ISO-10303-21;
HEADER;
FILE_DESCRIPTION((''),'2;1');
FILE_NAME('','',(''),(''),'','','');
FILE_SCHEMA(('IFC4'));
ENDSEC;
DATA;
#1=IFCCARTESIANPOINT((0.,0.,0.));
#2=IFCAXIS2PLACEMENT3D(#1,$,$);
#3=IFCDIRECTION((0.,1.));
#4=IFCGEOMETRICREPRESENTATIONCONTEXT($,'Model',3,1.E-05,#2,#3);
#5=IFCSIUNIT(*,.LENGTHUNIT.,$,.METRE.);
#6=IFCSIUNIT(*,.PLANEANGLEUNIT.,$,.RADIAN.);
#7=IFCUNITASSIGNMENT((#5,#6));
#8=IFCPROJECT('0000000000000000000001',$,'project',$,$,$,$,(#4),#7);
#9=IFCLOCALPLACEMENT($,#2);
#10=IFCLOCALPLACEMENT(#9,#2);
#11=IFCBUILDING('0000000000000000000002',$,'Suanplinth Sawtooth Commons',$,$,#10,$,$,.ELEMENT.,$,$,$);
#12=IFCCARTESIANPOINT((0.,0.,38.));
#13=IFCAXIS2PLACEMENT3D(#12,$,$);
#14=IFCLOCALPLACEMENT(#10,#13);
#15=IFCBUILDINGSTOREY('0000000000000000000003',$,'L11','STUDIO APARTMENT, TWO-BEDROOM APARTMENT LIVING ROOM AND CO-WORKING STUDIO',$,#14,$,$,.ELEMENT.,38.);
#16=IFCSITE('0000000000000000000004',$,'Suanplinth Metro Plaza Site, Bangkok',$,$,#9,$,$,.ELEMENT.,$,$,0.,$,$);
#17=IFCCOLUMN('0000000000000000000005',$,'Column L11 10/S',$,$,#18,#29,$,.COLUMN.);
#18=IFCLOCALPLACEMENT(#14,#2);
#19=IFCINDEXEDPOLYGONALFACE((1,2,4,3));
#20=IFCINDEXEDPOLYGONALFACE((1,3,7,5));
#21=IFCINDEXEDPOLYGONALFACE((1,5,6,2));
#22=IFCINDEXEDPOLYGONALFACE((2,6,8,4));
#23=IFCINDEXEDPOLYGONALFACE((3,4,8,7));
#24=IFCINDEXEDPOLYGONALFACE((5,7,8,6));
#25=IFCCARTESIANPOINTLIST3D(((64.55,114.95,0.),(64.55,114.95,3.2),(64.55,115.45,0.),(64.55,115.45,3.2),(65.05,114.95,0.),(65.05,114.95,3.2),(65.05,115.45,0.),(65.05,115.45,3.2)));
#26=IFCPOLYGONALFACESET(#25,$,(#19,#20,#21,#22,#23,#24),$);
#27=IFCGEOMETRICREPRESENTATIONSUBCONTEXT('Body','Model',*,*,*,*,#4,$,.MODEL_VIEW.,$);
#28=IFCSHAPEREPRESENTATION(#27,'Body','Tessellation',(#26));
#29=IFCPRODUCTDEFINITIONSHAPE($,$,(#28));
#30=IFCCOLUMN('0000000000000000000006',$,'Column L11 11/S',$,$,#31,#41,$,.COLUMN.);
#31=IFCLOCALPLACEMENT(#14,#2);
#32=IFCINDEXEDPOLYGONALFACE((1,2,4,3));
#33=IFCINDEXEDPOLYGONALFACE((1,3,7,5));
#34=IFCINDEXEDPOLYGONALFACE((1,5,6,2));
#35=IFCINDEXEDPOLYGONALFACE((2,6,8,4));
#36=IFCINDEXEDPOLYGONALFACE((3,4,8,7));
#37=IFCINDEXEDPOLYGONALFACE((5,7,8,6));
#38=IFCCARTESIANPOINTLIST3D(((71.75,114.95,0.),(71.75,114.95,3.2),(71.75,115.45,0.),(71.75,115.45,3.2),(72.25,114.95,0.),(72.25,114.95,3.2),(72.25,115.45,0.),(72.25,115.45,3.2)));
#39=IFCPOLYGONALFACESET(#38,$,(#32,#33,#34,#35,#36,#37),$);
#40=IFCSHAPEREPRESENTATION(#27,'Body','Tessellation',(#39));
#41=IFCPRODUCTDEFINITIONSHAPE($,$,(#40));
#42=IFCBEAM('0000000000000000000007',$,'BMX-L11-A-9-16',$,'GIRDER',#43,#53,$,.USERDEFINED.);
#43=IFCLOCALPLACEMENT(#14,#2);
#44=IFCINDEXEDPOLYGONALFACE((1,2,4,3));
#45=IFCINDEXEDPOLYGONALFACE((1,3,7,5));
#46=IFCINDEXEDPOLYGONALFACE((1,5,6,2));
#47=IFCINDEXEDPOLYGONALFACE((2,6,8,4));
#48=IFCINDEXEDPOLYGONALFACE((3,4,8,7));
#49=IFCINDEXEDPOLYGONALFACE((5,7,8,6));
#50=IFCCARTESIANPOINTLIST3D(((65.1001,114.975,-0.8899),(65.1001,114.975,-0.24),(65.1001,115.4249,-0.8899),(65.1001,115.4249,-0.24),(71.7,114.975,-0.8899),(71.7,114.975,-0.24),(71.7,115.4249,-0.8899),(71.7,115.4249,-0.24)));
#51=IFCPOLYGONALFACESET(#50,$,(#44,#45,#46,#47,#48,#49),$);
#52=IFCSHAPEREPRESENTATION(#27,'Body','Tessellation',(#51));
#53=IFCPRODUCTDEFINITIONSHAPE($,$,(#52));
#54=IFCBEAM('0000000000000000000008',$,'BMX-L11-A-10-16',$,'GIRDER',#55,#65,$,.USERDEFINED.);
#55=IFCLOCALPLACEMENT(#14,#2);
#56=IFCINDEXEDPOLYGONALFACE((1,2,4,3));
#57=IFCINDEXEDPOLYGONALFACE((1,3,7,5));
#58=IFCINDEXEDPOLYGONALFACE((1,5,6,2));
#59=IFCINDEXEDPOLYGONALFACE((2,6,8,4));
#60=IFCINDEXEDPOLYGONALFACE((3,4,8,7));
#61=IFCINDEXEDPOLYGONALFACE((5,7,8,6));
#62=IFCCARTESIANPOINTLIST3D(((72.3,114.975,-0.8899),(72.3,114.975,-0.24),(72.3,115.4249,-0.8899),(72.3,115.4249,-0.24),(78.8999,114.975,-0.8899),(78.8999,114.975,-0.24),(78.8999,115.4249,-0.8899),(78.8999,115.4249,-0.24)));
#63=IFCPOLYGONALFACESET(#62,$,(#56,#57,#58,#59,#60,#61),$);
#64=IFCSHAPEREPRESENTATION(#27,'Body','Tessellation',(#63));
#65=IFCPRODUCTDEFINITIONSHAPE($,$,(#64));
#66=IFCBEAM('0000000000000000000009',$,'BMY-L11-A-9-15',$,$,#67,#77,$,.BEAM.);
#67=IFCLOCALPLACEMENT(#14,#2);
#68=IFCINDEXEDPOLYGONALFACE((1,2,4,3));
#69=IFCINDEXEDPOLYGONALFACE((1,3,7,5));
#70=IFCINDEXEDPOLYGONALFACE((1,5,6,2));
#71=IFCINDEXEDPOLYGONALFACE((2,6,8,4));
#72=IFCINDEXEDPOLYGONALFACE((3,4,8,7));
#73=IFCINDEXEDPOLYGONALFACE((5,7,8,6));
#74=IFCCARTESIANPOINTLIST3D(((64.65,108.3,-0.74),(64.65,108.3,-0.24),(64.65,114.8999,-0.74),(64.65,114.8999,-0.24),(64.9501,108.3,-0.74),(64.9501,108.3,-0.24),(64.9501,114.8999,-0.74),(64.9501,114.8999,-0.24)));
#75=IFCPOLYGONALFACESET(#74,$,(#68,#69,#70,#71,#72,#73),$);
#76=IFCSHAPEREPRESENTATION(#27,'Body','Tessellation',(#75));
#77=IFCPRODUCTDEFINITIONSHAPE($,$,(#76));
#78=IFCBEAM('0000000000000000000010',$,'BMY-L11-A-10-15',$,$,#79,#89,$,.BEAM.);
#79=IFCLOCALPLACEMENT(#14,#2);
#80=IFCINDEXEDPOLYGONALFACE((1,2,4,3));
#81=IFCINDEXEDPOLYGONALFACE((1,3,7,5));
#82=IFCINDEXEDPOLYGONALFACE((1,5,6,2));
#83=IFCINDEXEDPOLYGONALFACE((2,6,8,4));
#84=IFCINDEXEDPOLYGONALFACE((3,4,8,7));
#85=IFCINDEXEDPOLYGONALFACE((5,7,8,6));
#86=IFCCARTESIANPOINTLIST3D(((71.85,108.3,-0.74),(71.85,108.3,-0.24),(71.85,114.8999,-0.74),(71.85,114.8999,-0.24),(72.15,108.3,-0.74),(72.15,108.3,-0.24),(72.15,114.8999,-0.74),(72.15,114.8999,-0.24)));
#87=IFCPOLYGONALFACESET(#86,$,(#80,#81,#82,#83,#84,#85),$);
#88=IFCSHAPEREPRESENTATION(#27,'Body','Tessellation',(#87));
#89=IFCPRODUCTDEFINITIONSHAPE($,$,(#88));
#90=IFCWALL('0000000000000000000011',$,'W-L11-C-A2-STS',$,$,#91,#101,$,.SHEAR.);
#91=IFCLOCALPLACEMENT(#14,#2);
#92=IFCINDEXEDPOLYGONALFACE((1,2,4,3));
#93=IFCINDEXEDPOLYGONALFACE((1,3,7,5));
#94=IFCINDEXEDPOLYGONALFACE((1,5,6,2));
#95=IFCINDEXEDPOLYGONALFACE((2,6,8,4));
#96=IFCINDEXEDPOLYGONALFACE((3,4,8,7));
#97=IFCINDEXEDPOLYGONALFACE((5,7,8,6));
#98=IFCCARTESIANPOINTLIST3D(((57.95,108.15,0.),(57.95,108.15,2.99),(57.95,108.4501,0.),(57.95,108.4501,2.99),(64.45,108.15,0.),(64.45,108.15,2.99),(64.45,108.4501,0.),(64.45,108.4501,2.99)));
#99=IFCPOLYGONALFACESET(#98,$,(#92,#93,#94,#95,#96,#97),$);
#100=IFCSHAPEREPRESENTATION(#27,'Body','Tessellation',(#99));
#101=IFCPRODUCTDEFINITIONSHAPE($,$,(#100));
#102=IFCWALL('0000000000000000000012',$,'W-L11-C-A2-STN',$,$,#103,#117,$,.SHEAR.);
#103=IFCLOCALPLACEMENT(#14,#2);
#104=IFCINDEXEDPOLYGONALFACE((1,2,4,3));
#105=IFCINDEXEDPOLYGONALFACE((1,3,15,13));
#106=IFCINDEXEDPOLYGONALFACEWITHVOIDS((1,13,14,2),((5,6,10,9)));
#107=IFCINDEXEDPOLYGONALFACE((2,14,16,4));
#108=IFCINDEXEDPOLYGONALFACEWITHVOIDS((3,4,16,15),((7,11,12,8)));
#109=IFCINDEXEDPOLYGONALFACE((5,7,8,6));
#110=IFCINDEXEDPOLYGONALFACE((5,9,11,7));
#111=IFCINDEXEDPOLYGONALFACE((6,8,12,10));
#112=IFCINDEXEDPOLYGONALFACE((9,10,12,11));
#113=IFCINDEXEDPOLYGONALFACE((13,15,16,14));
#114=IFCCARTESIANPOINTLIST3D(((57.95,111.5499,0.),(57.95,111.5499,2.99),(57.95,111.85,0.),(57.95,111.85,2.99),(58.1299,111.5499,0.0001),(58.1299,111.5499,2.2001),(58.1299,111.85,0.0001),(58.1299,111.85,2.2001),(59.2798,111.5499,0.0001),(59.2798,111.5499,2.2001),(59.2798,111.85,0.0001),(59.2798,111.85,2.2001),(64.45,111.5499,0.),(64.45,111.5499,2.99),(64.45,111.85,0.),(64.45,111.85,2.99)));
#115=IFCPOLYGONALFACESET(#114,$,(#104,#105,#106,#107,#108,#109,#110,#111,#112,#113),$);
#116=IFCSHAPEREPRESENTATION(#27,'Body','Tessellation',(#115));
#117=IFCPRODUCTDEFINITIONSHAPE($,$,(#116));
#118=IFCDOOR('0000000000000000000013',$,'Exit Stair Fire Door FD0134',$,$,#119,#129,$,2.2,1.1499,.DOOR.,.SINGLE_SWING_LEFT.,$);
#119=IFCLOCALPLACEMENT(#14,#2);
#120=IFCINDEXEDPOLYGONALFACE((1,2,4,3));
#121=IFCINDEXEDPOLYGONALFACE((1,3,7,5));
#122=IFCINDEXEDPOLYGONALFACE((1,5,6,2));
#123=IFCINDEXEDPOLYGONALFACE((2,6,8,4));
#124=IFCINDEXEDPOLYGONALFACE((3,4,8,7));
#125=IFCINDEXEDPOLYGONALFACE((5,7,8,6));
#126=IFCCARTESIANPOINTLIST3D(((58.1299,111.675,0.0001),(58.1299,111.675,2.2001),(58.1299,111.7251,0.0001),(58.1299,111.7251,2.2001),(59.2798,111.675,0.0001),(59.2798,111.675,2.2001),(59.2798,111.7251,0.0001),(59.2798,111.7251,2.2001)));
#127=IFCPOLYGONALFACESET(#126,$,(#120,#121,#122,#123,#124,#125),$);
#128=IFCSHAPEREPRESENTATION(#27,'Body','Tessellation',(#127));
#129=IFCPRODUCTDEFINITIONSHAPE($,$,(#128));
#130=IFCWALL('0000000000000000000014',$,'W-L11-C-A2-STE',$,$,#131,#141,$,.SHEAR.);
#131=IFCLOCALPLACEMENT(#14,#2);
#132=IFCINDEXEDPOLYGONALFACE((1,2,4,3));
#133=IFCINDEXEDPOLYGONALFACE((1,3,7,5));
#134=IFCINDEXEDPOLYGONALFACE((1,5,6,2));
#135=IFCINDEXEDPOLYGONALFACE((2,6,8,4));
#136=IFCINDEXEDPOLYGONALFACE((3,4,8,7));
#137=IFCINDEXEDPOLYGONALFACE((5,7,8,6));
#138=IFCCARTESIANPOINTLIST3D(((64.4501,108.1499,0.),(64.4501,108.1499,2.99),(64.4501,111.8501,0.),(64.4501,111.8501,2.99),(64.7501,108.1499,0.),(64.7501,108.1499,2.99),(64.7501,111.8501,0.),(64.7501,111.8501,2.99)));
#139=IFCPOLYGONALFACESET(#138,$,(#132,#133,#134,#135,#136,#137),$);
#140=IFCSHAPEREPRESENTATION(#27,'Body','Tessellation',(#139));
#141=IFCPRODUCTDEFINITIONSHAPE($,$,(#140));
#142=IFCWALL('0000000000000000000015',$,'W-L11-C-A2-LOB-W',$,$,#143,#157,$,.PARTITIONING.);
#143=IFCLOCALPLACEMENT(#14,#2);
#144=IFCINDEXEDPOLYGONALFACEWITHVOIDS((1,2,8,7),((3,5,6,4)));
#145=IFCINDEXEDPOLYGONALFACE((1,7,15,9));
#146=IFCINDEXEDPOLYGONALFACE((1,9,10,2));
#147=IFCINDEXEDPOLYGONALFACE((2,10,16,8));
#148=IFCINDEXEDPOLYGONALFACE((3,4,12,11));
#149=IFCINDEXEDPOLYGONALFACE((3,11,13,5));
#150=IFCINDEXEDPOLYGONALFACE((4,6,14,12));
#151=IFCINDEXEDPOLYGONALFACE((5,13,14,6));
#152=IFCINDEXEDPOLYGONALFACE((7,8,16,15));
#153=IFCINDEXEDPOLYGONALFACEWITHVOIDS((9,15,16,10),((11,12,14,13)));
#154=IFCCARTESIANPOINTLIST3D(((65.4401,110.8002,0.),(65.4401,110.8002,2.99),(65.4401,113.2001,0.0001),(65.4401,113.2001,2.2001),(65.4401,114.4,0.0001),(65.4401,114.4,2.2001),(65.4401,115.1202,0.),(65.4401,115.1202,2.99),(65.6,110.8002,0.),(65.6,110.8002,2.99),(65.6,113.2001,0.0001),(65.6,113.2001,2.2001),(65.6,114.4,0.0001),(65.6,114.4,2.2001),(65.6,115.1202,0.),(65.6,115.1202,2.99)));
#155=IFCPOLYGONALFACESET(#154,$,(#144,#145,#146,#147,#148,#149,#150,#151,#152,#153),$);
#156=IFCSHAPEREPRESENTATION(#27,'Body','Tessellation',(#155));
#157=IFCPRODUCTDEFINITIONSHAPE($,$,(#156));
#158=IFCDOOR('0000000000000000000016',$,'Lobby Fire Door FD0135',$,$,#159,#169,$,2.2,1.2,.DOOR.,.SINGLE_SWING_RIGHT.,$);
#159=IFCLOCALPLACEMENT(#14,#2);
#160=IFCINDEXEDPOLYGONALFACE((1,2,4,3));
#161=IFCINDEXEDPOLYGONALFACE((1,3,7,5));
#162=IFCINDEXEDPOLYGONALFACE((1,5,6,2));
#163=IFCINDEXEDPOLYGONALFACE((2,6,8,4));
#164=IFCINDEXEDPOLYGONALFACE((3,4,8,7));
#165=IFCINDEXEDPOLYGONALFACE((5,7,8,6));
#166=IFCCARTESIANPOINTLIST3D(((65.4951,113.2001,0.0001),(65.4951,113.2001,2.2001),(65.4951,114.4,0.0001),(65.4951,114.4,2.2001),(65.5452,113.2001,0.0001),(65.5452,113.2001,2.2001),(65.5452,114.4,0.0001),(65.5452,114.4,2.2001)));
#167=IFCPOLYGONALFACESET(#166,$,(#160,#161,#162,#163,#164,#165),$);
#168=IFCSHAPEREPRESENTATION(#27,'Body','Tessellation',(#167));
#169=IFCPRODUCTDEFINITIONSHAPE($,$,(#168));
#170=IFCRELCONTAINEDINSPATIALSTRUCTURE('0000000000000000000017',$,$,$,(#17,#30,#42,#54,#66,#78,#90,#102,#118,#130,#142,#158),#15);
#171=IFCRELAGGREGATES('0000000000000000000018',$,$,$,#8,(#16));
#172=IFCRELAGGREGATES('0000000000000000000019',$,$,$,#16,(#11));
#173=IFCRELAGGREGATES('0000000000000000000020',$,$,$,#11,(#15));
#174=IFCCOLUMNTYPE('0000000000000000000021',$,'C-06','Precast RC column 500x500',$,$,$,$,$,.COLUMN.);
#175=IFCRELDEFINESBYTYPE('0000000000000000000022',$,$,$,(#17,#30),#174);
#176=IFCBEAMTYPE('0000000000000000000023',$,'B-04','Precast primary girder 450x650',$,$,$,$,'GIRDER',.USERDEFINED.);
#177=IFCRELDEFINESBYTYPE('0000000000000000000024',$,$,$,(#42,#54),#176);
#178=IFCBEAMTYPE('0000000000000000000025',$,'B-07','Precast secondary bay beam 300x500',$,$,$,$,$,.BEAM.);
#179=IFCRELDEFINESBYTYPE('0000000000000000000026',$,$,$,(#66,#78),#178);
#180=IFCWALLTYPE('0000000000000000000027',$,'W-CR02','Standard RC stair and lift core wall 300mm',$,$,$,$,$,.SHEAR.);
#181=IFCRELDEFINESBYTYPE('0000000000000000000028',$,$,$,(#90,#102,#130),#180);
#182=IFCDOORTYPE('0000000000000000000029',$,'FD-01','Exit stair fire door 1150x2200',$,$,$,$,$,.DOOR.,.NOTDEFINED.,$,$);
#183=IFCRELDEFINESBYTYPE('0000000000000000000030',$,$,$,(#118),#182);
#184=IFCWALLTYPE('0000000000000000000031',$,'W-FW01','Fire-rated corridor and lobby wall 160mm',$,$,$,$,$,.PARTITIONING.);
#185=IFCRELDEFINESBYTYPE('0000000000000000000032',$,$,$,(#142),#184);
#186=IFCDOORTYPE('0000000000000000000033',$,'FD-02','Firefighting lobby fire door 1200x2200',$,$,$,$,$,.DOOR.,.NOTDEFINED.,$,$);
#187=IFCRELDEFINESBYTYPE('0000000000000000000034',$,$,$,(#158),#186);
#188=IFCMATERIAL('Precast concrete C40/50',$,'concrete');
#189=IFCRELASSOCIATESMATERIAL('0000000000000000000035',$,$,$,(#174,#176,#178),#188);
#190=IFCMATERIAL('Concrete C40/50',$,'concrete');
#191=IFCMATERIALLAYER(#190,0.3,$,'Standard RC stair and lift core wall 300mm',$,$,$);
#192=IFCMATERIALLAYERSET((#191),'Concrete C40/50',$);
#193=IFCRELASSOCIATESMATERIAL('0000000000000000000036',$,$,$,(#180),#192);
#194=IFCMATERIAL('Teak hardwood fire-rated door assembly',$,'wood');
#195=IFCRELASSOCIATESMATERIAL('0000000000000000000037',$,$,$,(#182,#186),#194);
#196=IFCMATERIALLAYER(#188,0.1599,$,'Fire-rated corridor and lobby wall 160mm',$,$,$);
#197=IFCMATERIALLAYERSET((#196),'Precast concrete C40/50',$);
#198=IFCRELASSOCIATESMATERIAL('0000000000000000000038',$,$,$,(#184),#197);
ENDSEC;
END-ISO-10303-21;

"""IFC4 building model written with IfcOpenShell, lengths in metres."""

from ifc_helpers import new_model, si_unit, direction, frame, frame_2d, origin, origin_2d, place, context, subcontext, project, spatial, rectangle, extrude, material, layer, layer_set, material_profile, profile_set, type_object, element, fill, save


model = new_model("IFC4")

# Units and contexts
model_context = context("Model", 3, precision=1e-05, world=origin(), true_north=direction((0.0, 1.0)))
body_context = subcontext(model_context, "Body", "Model", "MODEL_VIEW")
ifc_project = project(units=[si_unit("LENGTHUNIT", "METRE"), si_unit("PLANEANGLEUNIT", "RADIAN")], contexts=[model_context])

# Site, building, storey
site_placement = place(None, origin())
site = spatial("IfcSite", under=ifc_project, at=site_placement, Name="Suanplinth Metro Plaza Site, Bangkok", CompositionType="ELEMENT", RefElevation=0.0)
building_placement = place(site_placement, origin())
building = spatial("IfcBuilding", under=site, at=building_placement, Name="Suanplinth Sawtooth Commons", CompositionType="ELEMENT")
storey_placement = place(building_placement, frame((0.0, 0.0, 38.0)))
storey = spatial("IfcBuildingStorey", under=building, at=storey_placement, Name="L11", Description="STUDIO APARTMENT, TWO-BEDROOM APARTMENT LIVING ROOM AND CO-WORKING STUDIO", CompositionType="ELEMENT", Elevation=38.0)

# Columns
ifc_material_1 = material(Name="Precast concrete C40/50", Category="concrete")
ifc_material_profile_1 = material_profile(ifc_material_1, rectangle(XDim=0.5, YDim=0.5, at=origin_2d()), Name="PC-COL 500x500")
ifc_profile_set_1 = profile_set([ifc_material_profile_1], Name="Precast concrete C40/50")
column_type = type_object("IfcColumnType", Name="C-06", Description="Precast RC column 500x500", PredefinedType="COLUMN", material=ifc_profile_set_1)
for number, where, z_axis, x_axis, name in (
    (1, (64.8, 115.2, 0.0), (0.0, 0.0, 1.0), (1.0, 0.0, 0.0), "Column L11 10/S"),
    (2, (72.0, 115.2, 0.0), (0.0, 0.0, 1.0), (1.0, 0.0, 0.0), "Column L11 11/S"),
):
    element("IfcColumn", number, at=place(storey_placement, frame(where, z_axis=z_axis, x_axis=x_axis)), inside=storey, type_object=column_type, Name=name, PredefinedType="COLUMN", context=body_context, shape_type="SweptSolid", body=[
        extrude(rectangle(XDim=0.5, YDim=0.5, at=origin_2d()), origin(), (0.0, 0.0, 1.0), 3.2),
    ])

# Beams
ifc_material_profile_2 = material_profile(ifc_material_1, rectangle(XDim=0.45, YDim=0.6499, at=origin_2d()), Name="PC-GDR 450x650")
ifc_profile_set_2 = profile_set([ifc_material_profile_2], Name="Precast concrete C40/50")
beam_type_1 = type_object("IfcBeamType", Name="B-04", Description="Precast primary girder 450x650", ElementType="GIRDER", PredefinedType="USERDEFINED", material=ifc_profile_set_2)
for number, where, z_axis, x_axis, name in (
    (3, (65.1001, 115.2, -0.5649), (1.0, 0.0, 0.0), (0.0, 1.0, 0.0), "BMX-L11-A-9-16"),
    (4, (72.3, 115.2, -0.5649), (1.0, 0.0, 0.0), (0.0, 1.0, 0.0), "BMX-L11-A-10-16"),
):
    element("IfcBeam", number, at=place(storey_placement, frame(where, z_axis=z_axis, x_axis=x_axis)), inside=storey, type_object=beam_type_1, Name=name, ObjectType="GIRDER", PredefinedType="USERDEFINED", context=body_context, shape_type="SweptSolid", body=[
        extrude(rectangle(XDim=0.45, YDim=0.6499, at=origin_2d()), origin(), (0.0, 0.0, 1.0), 6.5999),
    ])
ifc_material_profile_3 = material_profile(ifc_material_1, rectangle(XDim=0.3, YDim=0.5, at=origin_2d()), Name="PC-BM 300x500")
ifc_profile_set_3 = profile_set([ifc_material_profile_3], Name="Precast concrete C40/50")
beam_type_2 = type_object("IfcBeamType", Name="B-07", Description="Precast secondary bay beam 300x500", PredefinedType="BEAM", material=ifc_profile_set_3)
for number, where, z_axis, x_axis, name in (
    (5, (64.8, 108.3, -0.49), (0.0, 1.0, 0.0), (-1.0, 0.0, 0.0), "BMY-L11-A-9-15"),
    (6, (72.0, 108.3, -0.49), (0.0, 1.0, 0.0), (-1.0, 0.0, 0.0), "BMY-L11-A-10-15"),
):
    element("IfcBeam", number, at=place(storey_placement, frame(where, z_axis=z_axis, x_axis=x_axis)), inside=storey, type_object=beam_type_2, Name=name, PredefinedType="BEAM", context=body_context, shape_type="SweptSolid", body=[
        extrude(rectangle(XDim=0.3, YDim=0.5, at=origin_2d()), origin(), (0.0, 0.0, 1.0), 6.5999),
    ])

# Wall
ifc_material_2 = material(Name="Concrete C40/50", Category="concrete")
ifc_layer_1 = layer(ifc_material_2, 0.3, Name="Standard RC stair and lift core wall 300mm")
ifc_layer_set_1 = layer_set([ifc_layer_1], Name="Concrete C40/50")
wall_type_1 = type_object("IfcWallType", Name="W-CR02", Description="Standard RC stair and lift core wall 300mm", PredefinedType="SHEAR", material=ifc_layer_set_1)
wall_1_placement = place(storey_placement, frame((57.95, 108.3, 0.0), z_axis=(0.0, 0.0, 1.0), x_axis=(1.0, 0.0, 0.0)))
element("IfcWall", 7, at=wall_1_placement, inside=storey, type_object=wall_type_1, Name="W-L11-C-A2-STS", PredefinedType="SHEAR", context=body_context, shape_type="SweptSolid", body=[
    extrude(rectangle(XDim=6.5, YDim=0.3, at=frame_2d((3.25, 0.0))), origin(), (0.0, 0.0, 1.0), 2.99),
])

# Wall, opening, door
wall_2_placement = place(storey_placement, frame((57.95, 111.7, 0.0), z_axis=(0.0, 0.0, 1.0), x_axis=(1.0, 0.0, 0.0)))
wall_2 = element("IfcWall", 8, at=wall_2_placement, inside=storey, type_object=wall_type_1, Name="W-L11-C-A2-STN", PredefinedType="SHEAR", context=body_context, shape_type="SweptSolid", body=[
    extrude(rectangle(XDim=6.5, YDim=0.3, at=frame_2d((3.25, 0.0))), origin(), (0.0, 0.0, 1.0), 2.99),
])
opening_1_placement = place(wall_2_placement, frame((0.1799, 0.0, 0.0)))
opening_1 = element("IfcOpeningElement", 9, at=opening_1_placement, cuts=wall_2, PredefinedType="OPENING", context=body_context, shape_type="SweptSolid", body=[
    extrude(rectangle(XDim=1.1499, YDim=2.2, at=frame_2d((0.575, 1.1001))), frame((0.0, 0.165, 0.0), z_axis=(0.0, -1.0, 0.0), x_axis=(1.0, 0.0, 0.0)), (0.0, 0.0, 1.0), 0.3298),
])
ifc_material_3 = material(Name="Teak hardwood fire-rated door assembly", Category="wood")
door_type_1 = type_object("IfcDoorType", Name="FD-01", Description="Exit stair fire door 1150x2200", OperationType="NOTDEFINED", PredefinedType="DOOR", material=ifc_material_3)
door_1_placement = place(opening_1_placement, frame((1.1499, 0.0, 0.0), z_axis=(0.0, 0.0, 1.0), x_axis=(-1.0, 0.0, 0.0)))
door_1 = element("IfcDoor", 10, at=door_1_placement, inside=storey, type_object=door_type_1, Name="Exit Stair Fire Door FD0134", OperationType="SINGLE_SWING_LEFT", OverallHeight=2.2, OverallWidth=1.1499, PredefinedType="DOOR", context=body_context, shape_type="SweptSolid", body=[
    extrude(rectangle(XDim=1.1499, YDim=2.2, at=frame_2d((0.575, 1.1001))), frame((0.0, 0.0249, 0.0), z_axis=(0.0, -1.0, 0.0), x_axis=(1.0, 0.0, 0.0)), (0.0, 0.0, 1.0), 0.05),
])
fill(opening_1, door_1)

# Wall
wall_3_placement = place(storey_placement, frame((64.6001, 108.1499, 0.0), z_axis=(0.0, 0.0, 1.0), x_axis=(0.0, 1.0, 0.0)))
element("IfcWall", 11, at=wall_3_placement, inside=storey, type_object=wall_type_1, Name="W-L11-C-A2-STE", PredefinedType="SHEAR", context=body_context, shape_type="SweptSolid", body=[
    extrude(rectangle(XDim=3.7002, YDim=0.3, at=frame_2d((1.8501, 0.0))), origin(), (0.0, 0.0, 1.0), 2.99),
])

# Wall, opening, door
ifc_layer_2 = layer(ifc_material_1, 0.1599, Name="Fire-rated corridor and lobby wall 160mm")
ifc_layer_set_2 = layer_set([ifc_layer_2], Name="Precast concrete C40/50")
wall_type_2 = type_object("IfcWallType", Name="W-FW01", Description="Fire-rated corridor and lobby wall 160mm", PredefinedType="PARTITIONING", material=ifc_layer_set_2)
wall_4_placement = place(storey_placement, frame((65.52, 110.8, 0.0), z_axis=(0.0, 0.0, 1.0), x_axis=(0.0, 1.0, 0.0)))
wall_4 = element("IfcWall", 12, at=wall_4_placement, inside=storey, type_object=wall_type_2, Name="W-L11-C-A2-LOB-W", PredefinedType="PARTITIONING", context=body_context, shape_type="SweptSolid", body=[
    extrude(rectangle(XDim=4.3201, YDim=0.1599, at=frame_2d((2.1602, 0.0))), origin(), (0.0, 0.0, 1.0), 2.99),
])
opening_2_placement = place(wall_4_placement, frame((2.3999, 0.0, 0.0)))
opening_2 = element("IfcOpeningElement", 13, at=opening_2_placement, cuts=wall_4, PredefinedType="OPENING", context=body_context, shape_type="SweptSolid", body=[
    extrude(rectangle(XDim=1.2, YDim=2.2, at=frame_2d((0.6001, 1.1001))), frame((0.0, 0.0947, 0.0), z_axis=(0.0, -1.0, 0.0), x_axis=(1.0, 0.0, 0.0)), (0.0, 0.0, 1.0), 0.1897),
])
door_type_2 = type_object("IfcDoorType", Name="FD-02", Description="Firefighting lobby fire door 1200x2200", OperationType="NOTDEFINED", PredefinedType="DOOR", material=ifc_material_3)
door_2_placement = place(opening_2_placement, origin())
door_2 = element("IfcDoor", 14, at=door_2_placement, inside=storey, type_object=door_type_2, Name="Lobby Fire Door FD0135", OperationType="SINGLE_SWING_RIGHT", OverallHeight=2.2, OverallWidth=1.2, PredefinedType="DOOR", context=body_context, shape_type="SweptSolid", body=[
    extrude(rectangle(XDim=1.2, YDim=2.2, at=frame_2d((0.6001, 1.1001))), frame((0.0, 0.0249, 0.0), z_axis=(0.0, -1.0, 0.0), x_axis=(1.0, 0.0, 0.0)), (0.0, 0.0, 1.0), 0.05),
])
fill(opening_2, door_2)

save(model, "model.ifc")
